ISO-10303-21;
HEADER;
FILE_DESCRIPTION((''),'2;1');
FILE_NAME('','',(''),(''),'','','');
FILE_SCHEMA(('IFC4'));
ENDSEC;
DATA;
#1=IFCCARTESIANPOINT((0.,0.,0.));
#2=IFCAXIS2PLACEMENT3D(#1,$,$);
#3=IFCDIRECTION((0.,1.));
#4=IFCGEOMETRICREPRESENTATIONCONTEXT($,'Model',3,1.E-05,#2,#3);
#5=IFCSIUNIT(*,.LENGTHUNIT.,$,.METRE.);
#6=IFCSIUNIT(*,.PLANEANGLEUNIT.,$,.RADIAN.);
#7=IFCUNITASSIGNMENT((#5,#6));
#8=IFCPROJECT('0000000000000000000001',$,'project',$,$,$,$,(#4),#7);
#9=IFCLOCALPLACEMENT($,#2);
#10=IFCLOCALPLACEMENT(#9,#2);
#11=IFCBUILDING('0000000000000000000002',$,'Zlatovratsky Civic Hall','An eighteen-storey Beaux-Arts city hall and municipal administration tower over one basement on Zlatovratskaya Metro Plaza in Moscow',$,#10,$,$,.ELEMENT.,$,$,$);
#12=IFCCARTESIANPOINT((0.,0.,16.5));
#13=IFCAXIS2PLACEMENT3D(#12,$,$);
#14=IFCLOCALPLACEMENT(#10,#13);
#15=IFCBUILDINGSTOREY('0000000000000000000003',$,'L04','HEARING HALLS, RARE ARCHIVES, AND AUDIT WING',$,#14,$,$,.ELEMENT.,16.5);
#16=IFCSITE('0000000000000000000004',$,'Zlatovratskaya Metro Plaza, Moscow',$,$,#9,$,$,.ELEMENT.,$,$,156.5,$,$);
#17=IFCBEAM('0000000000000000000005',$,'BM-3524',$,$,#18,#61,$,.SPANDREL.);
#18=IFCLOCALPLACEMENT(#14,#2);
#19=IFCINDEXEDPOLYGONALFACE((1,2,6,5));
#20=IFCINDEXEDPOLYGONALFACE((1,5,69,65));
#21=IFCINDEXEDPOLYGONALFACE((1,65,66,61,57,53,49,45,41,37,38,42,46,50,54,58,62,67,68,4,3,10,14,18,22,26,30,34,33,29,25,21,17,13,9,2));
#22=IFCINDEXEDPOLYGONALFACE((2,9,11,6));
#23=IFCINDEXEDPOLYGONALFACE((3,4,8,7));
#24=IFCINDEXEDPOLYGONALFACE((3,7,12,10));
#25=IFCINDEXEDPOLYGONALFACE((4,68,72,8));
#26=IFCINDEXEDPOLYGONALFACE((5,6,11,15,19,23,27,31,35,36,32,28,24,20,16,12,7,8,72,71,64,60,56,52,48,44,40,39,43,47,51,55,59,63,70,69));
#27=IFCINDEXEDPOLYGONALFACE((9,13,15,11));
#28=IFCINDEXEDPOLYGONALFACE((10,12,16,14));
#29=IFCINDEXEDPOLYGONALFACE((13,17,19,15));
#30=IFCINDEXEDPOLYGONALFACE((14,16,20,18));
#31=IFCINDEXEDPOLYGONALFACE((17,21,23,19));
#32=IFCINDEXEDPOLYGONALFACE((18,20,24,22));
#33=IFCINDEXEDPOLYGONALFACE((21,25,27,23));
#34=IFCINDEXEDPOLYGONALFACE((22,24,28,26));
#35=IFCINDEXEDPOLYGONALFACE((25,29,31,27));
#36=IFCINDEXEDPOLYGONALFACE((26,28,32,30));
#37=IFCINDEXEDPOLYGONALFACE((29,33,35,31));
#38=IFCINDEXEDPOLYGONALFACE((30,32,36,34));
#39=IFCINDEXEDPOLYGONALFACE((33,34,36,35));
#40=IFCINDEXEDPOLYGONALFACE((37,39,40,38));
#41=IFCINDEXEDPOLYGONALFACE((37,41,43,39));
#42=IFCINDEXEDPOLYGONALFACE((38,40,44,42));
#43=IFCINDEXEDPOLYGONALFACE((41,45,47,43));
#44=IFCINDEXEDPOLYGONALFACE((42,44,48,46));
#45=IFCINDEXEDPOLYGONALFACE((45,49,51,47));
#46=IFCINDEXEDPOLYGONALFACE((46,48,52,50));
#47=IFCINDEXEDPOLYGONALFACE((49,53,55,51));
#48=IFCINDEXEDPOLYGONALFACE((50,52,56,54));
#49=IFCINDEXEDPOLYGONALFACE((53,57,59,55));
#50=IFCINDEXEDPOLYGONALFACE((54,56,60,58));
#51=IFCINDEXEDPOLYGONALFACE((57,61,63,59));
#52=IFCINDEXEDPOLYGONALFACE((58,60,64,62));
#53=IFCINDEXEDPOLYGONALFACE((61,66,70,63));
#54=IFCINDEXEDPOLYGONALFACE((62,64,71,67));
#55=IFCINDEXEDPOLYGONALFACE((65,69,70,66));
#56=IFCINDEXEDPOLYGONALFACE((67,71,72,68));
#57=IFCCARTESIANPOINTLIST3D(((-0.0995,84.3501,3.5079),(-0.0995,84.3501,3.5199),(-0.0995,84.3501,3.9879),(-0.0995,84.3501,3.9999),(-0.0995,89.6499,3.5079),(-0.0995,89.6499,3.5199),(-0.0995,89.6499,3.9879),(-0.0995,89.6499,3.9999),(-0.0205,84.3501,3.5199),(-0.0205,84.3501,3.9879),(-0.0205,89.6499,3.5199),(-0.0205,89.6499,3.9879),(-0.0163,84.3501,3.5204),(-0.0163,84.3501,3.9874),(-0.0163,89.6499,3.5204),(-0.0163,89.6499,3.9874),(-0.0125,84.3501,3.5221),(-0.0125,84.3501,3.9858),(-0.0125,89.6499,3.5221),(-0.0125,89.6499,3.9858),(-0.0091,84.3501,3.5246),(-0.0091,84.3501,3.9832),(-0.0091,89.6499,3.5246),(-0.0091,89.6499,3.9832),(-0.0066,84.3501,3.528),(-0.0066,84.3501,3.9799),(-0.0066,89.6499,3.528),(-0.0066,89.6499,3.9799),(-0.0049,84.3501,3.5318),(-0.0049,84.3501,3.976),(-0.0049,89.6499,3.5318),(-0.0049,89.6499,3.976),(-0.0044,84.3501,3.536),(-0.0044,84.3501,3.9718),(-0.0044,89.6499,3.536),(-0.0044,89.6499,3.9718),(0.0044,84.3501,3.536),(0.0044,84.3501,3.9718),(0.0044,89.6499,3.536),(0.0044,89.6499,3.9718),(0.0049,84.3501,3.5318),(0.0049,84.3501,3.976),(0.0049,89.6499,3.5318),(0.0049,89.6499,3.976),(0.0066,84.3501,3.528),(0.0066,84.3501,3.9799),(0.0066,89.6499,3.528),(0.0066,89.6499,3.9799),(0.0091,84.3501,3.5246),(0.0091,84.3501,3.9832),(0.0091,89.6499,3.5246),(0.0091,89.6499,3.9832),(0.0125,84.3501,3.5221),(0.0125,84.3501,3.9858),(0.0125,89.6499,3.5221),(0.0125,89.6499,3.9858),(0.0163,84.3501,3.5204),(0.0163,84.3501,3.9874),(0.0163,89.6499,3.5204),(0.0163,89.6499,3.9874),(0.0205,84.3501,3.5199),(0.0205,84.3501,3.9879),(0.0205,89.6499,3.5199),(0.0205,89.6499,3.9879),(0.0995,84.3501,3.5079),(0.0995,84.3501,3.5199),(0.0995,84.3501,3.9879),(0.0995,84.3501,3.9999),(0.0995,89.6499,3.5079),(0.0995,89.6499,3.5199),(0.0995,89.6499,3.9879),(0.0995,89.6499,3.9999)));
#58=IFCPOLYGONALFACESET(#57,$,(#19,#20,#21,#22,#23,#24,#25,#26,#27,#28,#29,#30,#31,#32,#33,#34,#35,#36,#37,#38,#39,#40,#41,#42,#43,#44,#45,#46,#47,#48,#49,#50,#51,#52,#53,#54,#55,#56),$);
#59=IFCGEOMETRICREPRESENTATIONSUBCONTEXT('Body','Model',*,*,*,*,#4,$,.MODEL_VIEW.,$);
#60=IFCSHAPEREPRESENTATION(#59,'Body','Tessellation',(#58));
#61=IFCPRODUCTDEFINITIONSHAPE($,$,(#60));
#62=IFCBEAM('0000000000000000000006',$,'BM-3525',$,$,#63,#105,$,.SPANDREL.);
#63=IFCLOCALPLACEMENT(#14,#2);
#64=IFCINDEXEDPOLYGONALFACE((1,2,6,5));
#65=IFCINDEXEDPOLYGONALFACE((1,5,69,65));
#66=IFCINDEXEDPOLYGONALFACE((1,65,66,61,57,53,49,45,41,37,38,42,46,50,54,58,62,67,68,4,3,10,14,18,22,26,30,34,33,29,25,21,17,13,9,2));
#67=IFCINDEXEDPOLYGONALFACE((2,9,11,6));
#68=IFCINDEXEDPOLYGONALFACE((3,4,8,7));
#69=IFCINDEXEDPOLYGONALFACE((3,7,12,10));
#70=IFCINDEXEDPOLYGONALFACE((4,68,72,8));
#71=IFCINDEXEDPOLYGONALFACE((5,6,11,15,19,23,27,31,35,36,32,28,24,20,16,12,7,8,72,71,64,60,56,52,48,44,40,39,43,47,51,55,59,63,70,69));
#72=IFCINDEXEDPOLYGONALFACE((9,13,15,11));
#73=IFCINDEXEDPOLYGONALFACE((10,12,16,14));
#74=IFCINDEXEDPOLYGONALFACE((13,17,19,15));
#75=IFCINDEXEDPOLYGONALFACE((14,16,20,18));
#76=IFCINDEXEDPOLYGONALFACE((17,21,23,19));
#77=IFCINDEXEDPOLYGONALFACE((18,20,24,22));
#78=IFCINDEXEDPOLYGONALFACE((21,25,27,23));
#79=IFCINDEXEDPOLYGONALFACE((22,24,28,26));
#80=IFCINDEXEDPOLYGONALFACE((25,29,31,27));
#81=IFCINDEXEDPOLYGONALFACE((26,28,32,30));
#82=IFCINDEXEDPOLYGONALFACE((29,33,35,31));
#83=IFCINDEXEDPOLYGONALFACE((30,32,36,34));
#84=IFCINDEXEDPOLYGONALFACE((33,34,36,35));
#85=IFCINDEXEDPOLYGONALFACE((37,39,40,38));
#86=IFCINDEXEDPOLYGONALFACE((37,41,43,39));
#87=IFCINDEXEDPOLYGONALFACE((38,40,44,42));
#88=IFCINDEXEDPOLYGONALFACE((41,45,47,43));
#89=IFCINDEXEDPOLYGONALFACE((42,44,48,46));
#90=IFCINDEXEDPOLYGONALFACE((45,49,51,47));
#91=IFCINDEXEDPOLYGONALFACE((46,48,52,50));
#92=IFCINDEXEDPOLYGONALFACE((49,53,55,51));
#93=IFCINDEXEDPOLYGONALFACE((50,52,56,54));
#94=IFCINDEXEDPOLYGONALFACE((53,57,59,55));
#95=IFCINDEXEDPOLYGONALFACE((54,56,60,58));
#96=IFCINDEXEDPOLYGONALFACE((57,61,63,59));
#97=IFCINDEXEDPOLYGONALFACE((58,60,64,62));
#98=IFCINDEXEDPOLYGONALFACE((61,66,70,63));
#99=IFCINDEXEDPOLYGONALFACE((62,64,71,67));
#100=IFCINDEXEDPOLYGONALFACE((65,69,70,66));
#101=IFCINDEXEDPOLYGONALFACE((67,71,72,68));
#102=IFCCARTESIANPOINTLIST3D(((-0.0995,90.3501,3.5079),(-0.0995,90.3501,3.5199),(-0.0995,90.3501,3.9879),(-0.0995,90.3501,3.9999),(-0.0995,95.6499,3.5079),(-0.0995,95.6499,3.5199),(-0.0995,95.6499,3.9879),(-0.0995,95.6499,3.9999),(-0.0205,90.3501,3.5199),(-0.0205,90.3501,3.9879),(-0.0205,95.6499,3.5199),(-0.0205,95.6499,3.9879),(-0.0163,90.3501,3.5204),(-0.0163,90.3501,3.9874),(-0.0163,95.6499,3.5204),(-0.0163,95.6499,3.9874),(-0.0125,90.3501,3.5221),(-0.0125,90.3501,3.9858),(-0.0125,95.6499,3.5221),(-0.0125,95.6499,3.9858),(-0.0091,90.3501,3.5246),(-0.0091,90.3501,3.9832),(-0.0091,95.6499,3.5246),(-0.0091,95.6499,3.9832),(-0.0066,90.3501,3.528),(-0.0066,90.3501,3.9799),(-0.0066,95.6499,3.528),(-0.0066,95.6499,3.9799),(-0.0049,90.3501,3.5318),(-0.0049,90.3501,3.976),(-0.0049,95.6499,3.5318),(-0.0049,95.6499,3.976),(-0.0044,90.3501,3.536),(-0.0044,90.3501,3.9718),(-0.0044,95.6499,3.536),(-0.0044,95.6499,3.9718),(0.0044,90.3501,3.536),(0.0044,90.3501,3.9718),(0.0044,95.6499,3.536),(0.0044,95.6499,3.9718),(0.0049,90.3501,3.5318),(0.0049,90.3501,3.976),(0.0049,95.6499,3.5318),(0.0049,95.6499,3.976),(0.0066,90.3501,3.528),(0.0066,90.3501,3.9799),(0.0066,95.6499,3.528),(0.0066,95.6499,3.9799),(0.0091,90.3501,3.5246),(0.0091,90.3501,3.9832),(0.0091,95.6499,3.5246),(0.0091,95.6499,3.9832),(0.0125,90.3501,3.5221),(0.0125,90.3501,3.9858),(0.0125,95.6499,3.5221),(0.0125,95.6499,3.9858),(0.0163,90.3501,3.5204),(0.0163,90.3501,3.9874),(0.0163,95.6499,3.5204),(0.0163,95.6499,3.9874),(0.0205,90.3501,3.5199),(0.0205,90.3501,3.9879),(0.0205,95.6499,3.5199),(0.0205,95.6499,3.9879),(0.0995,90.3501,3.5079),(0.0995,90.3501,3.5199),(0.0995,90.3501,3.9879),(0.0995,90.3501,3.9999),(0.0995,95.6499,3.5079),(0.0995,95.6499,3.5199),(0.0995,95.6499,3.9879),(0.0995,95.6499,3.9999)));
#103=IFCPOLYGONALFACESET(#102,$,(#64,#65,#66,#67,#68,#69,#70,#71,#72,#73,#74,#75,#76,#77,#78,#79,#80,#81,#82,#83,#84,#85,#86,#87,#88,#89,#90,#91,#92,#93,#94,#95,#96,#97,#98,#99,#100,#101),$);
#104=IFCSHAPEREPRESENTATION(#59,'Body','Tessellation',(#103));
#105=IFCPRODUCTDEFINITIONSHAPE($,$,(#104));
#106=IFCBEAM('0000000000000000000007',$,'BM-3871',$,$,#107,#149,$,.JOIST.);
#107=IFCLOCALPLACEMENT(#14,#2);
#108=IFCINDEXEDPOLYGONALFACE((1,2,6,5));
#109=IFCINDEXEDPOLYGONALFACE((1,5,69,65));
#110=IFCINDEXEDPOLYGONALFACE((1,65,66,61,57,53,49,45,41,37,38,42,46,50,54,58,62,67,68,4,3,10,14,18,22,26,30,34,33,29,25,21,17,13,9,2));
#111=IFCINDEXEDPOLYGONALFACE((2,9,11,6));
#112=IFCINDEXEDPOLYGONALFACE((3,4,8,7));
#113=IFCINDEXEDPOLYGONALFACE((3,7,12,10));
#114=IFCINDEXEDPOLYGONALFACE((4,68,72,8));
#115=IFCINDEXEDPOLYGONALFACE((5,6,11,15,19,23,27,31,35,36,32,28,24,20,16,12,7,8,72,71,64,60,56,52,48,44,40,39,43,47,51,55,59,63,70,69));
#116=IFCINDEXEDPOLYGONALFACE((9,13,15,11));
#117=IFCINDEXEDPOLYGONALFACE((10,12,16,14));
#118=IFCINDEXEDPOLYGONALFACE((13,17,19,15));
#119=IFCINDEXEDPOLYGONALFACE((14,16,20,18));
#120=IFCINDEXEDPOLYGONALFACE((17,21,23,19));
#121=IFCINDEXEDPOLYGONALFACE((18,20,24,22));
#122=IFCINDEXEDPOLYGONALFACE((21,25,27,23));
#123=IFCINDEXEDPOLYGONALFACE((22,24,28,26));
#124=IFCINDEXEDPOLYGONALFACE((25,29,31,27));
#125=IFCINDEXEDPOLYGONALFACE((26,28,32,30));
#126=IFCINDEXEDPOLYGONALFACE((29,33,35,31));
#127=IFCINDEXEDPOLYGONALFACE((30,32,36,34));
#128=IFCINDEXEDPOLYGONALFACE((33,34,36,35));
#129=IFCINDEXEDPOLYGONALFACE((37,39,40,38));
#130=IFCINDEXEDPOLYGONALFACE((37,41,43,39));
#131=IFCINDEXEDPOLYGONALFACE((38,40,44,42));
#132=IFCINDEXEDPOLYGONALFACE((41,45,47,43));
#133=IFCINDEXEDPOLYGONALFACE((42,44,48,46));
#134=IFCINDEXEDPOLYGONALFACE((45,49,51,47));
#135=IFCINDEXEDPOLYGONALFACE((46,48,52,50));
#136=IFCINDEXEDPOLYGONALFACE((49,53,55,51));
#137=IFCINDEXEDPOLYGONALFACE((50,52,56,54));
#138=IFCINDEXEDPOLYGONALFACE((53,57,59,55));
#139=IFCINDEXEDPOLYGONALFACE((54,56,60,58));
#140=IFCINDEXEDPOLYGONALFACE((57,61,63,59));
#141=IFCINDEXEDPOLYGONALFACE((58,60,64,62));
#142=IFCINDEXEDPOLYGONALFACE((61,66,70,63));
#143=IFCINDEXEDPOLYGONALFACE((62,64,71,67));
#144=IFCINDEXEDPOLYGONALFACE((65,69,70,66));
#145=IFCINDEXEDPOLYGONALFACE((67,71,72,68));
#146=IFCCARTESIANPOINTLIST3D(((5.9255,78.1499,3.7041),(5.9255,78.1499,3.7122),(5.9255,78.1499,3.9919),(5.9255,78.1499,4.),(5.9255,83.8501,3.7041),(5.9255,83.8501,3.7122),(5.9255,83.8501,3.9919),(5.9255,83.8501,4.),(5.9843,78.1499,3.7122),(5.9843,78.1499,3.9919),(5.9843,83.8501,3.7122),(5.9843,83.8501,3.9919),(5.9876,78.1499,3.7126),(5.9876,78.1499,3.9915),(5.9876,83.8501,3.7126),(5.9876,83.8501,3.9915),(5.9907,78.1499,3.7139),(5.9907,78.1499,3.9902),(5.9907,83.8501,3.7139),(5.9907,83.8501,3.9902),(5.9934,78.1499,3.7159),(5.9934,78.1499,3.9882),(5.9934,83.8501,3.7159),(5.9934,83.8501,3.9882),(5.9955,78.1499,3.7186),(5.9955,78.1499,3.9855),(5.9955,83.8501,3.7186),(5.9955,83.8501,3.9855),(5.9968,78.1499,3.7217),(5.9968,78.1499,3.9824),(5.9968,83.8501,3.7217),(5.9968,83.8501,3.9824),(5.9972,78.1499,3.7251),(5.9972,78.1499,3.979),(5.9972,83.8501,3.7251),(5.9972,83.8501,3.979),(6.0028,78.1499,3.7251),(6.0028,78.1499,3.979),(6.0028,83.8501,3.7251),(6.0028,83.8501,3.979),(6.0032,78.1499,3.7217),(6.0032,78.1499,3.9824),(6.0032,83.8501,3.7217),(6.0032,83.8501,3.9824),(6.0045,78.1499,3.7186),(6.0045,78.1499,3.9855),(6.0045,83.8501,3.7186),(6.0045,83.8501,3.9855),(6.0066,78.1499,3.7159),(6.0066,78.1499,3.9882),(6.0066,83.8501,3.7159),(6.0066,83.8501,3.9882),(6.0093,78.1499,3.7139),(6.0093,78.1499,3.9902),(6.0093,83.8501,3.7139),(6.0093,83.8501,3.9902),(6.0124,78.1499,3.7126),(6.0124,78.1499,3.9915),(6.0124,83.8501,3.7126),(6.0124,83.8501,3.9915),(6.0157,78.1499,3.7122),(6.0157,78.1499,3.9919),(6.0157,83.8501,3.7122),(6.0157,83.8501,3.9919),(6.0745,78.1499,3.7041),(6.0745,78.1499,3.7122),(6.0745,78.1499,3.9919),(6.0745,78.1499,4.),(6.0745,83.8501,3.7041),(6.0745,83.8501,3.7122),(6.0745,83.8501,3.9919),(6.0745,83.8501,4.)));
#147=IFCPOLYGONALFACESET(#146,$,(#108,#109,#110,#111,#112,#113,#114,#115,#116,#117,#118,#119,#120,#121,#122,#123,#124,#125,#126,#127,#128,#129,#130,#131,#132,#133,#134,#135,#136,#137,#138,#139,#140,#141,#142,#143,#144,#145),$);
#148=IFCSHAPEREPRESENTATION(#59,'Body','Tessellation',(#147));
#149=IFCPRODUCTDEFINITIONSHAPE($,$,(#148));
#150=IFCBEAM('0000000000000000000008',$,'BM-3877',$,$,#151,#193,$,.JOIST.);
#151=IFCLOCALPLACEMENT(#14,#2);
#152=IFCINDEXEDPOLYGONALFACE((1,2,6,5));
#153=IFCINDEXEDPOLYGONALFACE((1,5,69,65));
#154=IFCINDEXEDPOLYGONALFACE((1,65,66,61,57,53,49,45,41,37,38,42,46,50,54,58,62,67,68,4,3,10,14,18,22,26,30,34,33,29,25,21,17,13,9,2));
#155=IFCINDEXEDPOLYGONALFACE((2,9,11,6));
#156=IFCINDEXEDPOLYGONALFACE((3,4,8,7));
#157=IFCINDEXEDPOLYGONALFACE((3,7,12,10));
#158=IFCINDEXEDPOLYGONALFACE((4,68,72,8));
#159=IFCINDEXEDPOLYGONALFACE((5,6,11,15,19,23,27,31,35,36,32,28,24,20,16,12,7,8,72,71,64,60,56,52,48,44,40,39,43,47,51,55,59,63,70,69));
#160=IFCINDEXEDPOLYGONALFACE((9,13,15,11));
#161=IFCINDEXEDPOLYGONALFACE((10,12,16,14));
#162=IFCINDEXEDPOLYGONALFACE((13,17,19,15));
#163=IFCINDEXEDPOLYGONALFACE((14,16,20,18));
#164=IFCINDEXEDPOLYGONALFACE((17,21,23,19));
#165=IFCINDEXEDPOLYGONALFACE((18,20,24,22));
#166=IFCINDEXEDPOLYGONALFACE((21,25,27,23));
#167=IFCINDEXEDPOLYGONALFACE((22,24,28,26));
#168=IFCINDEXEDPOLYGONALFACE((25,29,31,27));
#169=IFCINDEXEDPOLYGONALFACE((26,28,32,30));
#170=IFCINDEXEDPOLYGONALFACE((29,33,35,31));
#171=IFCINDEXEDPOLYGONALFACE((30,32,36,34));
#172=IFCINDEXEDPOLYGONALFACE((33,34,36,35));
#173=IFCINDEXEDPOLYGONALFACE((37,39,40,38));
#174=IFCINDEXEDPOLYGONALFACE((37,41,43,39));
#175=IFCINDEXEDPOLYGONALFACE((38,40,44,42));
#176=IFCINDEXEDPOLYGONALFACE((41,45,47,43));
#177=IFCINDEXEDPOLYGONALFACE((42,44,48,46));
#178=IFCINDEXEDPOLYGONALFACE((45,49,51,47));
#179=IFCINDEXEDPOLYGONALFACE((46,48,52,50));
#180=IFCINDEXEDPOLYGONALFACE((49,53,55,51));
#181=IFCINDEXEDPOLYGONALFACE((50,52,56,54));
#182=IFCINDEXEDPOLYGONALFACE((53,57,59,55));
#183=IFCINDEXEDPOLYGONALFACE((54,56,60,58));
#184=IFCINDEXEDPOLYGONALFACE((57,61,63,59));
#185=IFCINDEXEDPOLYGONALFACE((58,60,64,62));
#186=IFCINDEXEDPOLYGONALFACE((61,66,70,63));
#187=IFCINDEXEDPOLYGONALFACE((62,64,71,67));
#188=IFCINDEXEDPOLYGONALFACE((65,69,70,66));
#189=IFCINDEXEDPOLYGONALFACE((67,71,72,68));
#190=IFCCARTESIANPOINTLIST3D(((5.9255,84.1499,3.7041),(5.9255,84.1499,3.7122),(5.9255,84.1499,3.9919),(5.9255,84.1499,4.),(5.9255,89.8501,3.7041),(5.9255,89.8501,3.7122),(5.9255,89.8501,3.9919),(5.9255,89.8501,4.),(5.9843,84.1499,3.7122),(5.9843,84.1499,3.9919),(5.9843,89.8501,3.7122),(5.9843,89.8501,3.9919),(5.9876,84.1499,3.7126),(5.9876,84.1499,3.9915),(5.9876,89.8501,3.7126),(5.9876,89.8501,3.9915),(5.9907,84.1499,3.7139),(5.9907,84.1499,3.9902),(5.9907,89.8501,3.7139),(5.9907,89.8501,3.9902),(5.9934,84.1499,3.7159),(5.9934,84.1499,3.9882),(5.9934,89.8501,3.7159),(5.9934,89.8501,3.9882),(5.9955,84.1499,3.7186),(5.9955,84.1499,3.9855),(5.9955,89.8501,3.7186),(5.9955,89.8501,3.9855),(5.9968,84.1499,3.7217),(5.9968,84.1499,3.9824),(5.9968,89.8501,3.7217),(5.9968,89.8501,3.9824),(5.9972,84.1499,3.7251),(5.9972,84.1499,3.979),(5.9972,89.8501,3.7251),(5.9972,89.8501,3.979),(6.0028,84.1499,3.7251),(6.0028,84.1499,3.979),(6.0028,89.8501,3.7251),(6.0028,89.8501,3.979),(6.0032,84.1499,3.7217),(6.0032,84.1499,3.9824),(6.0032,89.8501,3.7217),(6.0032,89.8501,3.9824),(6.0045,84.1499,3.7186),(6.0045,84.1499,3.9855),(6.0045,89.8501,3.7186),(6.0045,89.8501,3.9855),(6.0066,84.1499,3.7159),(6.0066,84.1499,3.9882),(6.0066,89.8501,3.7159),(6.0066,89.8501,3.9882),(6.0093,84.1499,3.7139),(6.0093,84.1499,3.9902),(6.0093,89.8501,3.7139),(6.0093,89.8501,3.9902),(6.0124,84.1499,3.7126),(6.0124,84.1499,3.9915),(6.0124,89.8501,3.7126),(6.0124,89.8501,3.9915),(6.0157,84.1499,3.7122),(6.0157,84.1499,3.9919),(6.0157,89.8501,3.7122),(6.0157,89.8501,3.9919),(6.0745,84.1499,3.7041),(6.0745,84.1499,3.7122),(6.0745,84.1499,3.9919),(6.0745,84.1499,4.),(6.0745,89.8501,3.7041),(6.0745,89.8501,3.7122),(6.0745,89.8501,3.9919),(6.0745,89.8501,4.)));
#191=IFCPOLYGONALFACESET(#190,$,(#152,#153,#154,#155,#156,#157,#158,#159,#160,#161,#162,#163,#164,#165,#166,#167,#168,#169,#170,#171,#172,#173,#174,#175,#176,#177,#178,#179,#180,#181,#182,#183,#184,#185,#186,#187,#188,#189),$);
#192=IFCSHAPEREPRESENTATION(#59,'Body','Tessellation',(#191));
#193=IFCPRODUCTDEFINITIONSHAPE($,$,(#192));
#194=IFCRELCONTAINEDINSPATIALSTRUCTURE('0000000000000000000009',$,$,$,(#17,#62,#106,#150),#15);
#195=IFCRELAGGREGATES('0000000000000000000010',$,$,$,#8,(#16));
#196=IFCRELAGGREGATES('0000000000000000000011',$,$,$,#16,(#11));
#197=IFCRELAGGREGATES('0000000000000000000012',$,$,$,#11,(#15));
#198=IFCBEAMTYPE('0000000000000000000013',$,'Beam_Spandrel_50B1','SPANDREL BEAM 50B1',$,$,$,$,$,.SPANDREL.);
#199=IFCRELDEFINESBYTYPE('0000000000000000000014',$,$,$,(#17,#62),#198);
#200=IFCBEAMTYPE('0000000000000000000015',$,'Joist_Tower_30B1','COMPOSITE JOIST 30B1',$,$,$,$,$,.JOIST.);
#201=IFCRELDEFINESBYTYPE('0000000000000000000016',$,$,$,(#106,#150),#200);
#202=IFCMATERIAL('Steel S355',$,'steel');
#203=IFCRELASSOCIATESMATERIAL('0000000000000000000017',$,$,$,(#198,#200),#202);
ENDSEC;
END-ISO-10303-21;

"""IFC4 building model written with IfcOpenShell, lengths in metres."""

from ifc_helpers import new_model, si_unit, direction, frame, origin, origin_2d, place, context, subcontext, project, spatial, i_section, extrude, material, material_profile, profile_set, type_object, element, save


model = new_model("IFC4")

# Units and contexts
model_context = context("Model", 3, precision=1e-05, world=origin(), true_north=direction((0.0, 1.0)))
body_context = subcontext(model_context, "Body", "Model", "MODEL_VIEW")
ifc_project = project(units=[si_unit("LENGTHUNIT", "METRE"), si_unit("PLANEANGLEUNIT", "RADIAN")], contexts=[model_context])

# Site, building, storey
site_placement = place(None, origin())
site = spatial("IfcSite", under=ifc_project, at=site_placement, Name="Zlatovratskaya Metro Plaza, Moscow", CompositionType="ELEMENT", RefElevation=156.5)
building_placement = place(site_placement, origin())
building = spatial("IfcBuilding", under=site, at=building_placement, Name="Zlatovratsky Civic Hall", Description="An eighteen-storey Beaux-Arts city hall and municipal administration tower over one basement on Zlatovratskaya Metro Plaza in Moscow", CompositionType="ELEMENT")
storey_placement = place(building_placement, frame((0.0, 0.0, 16.5)))
storey = spatial("IfcBuildingStorey", under=building, at=storey_placement, Name="L04", Description="HEARING HALLS, RARE ARCHIVES, AND AUDIT WING", CompositionType="ELEMENT", Elevation=16.5)

# Beams
ifc_material_1 = material(Name="Steel S355", Category="steel")
ifc_material_profile_1 = material_profile(ifc_material_1, i_section(OverallWidth=0.199, OverallDepth=0.4919, WebThickness=0.0088, FlangeThickness=0.012, FilletRadius=0.0161, at=origin_2d()), Name="50B1")
ifc_profile_set_1 = profile_set([ifc_material_profile_1], Name="Steel S355")
beam_type_1 = type_object("IfcBeamType", Name="Beam_Spandrel_50B1", Description="SPANDREL BEAM 50B1", PredefinedType="SPANDREL", material=ifc_profile_set_1)
for number, where, z_axis, x_axis, name in (
    (1, (0.0, 84.3501, 3.7539), (0.0, 1.0, 0.0), (-1.0, 0.0, 0.0), "BM-3524"),
    (2, (0.0, 90.3501, 3.7539), (0.0, 1.0, 0.0), (-1.0, 0.0, 0.0), "BM-3525"),
):
    element("IfcBeam", number, at=place(storey_placement, frame(where, z_axis=z_axis, x_axis=x_axis)), inside=storey, type_object=beam_type_1, Name=name, PredefinedType="SPANDREL", context=body_context, shape_type="SweptSolid", body=[
        extrude(i_section(OverallWidth=0.199, OverallDepth=0.4919, WebThickness=0.0088, FlangeThickness=0.012, FilletRadius=0.0161, at=origin_2d()), origin(), (0.0, 0.0, 1.0), 5.2998),
    ])
ifc_material_profile_2 = material_profile(ifc_material_1, i_section(OverallWidth=0.1489, OverallDepth=0.2959, WebThickness=0.0056, FlangeThickness=0.0081, FilletRadius=0.0129, at=origin_2d()), Name="30B1")
ifc_profile_set_2 = profile_set([ifc_material_profile_2], Name="Steel S355")
beam_type_2 = type_object("IfcBeamType", Name="Joist_Tower_30B1", Description="COMPOSITE JOIST 30B1", PredefinedType="JOIST", material=ifc_profile_set_2)
for number, where, z_axis, x_axis, name in (
    (3, (6.0, 78.1499, 3.8521), (0.0, 1.0, 0.0), (-1.0, 0.0, 0.0), "BM-3871"),
    (4, (6.0, 84.1499, 3.8521), (0.0, 1.0, 0.0), (-1.0, 0.0, 0.0), "BM-3877"),
):
    element("IfcBeam", number, at=place(storey_placement, frame(where, z_axis=z_axis, x_axis=x_axis)), inside=storey, type_object=beam_type_2, Name=name, PredefinedType="JOIST", context=body_context, shape_type="SweptSolid", body=[
        extrude(i_section(OverallWidth=0.1489, OverallDepth=0.2959, WebThickness=0.0056, FlangeThickness=0.0081, FilletRadius=0.0129, at=origin_2d()), origin(), (0.0, 0.0, 1.0), 5.7002),
    ])

save(model, "model.ifc")
